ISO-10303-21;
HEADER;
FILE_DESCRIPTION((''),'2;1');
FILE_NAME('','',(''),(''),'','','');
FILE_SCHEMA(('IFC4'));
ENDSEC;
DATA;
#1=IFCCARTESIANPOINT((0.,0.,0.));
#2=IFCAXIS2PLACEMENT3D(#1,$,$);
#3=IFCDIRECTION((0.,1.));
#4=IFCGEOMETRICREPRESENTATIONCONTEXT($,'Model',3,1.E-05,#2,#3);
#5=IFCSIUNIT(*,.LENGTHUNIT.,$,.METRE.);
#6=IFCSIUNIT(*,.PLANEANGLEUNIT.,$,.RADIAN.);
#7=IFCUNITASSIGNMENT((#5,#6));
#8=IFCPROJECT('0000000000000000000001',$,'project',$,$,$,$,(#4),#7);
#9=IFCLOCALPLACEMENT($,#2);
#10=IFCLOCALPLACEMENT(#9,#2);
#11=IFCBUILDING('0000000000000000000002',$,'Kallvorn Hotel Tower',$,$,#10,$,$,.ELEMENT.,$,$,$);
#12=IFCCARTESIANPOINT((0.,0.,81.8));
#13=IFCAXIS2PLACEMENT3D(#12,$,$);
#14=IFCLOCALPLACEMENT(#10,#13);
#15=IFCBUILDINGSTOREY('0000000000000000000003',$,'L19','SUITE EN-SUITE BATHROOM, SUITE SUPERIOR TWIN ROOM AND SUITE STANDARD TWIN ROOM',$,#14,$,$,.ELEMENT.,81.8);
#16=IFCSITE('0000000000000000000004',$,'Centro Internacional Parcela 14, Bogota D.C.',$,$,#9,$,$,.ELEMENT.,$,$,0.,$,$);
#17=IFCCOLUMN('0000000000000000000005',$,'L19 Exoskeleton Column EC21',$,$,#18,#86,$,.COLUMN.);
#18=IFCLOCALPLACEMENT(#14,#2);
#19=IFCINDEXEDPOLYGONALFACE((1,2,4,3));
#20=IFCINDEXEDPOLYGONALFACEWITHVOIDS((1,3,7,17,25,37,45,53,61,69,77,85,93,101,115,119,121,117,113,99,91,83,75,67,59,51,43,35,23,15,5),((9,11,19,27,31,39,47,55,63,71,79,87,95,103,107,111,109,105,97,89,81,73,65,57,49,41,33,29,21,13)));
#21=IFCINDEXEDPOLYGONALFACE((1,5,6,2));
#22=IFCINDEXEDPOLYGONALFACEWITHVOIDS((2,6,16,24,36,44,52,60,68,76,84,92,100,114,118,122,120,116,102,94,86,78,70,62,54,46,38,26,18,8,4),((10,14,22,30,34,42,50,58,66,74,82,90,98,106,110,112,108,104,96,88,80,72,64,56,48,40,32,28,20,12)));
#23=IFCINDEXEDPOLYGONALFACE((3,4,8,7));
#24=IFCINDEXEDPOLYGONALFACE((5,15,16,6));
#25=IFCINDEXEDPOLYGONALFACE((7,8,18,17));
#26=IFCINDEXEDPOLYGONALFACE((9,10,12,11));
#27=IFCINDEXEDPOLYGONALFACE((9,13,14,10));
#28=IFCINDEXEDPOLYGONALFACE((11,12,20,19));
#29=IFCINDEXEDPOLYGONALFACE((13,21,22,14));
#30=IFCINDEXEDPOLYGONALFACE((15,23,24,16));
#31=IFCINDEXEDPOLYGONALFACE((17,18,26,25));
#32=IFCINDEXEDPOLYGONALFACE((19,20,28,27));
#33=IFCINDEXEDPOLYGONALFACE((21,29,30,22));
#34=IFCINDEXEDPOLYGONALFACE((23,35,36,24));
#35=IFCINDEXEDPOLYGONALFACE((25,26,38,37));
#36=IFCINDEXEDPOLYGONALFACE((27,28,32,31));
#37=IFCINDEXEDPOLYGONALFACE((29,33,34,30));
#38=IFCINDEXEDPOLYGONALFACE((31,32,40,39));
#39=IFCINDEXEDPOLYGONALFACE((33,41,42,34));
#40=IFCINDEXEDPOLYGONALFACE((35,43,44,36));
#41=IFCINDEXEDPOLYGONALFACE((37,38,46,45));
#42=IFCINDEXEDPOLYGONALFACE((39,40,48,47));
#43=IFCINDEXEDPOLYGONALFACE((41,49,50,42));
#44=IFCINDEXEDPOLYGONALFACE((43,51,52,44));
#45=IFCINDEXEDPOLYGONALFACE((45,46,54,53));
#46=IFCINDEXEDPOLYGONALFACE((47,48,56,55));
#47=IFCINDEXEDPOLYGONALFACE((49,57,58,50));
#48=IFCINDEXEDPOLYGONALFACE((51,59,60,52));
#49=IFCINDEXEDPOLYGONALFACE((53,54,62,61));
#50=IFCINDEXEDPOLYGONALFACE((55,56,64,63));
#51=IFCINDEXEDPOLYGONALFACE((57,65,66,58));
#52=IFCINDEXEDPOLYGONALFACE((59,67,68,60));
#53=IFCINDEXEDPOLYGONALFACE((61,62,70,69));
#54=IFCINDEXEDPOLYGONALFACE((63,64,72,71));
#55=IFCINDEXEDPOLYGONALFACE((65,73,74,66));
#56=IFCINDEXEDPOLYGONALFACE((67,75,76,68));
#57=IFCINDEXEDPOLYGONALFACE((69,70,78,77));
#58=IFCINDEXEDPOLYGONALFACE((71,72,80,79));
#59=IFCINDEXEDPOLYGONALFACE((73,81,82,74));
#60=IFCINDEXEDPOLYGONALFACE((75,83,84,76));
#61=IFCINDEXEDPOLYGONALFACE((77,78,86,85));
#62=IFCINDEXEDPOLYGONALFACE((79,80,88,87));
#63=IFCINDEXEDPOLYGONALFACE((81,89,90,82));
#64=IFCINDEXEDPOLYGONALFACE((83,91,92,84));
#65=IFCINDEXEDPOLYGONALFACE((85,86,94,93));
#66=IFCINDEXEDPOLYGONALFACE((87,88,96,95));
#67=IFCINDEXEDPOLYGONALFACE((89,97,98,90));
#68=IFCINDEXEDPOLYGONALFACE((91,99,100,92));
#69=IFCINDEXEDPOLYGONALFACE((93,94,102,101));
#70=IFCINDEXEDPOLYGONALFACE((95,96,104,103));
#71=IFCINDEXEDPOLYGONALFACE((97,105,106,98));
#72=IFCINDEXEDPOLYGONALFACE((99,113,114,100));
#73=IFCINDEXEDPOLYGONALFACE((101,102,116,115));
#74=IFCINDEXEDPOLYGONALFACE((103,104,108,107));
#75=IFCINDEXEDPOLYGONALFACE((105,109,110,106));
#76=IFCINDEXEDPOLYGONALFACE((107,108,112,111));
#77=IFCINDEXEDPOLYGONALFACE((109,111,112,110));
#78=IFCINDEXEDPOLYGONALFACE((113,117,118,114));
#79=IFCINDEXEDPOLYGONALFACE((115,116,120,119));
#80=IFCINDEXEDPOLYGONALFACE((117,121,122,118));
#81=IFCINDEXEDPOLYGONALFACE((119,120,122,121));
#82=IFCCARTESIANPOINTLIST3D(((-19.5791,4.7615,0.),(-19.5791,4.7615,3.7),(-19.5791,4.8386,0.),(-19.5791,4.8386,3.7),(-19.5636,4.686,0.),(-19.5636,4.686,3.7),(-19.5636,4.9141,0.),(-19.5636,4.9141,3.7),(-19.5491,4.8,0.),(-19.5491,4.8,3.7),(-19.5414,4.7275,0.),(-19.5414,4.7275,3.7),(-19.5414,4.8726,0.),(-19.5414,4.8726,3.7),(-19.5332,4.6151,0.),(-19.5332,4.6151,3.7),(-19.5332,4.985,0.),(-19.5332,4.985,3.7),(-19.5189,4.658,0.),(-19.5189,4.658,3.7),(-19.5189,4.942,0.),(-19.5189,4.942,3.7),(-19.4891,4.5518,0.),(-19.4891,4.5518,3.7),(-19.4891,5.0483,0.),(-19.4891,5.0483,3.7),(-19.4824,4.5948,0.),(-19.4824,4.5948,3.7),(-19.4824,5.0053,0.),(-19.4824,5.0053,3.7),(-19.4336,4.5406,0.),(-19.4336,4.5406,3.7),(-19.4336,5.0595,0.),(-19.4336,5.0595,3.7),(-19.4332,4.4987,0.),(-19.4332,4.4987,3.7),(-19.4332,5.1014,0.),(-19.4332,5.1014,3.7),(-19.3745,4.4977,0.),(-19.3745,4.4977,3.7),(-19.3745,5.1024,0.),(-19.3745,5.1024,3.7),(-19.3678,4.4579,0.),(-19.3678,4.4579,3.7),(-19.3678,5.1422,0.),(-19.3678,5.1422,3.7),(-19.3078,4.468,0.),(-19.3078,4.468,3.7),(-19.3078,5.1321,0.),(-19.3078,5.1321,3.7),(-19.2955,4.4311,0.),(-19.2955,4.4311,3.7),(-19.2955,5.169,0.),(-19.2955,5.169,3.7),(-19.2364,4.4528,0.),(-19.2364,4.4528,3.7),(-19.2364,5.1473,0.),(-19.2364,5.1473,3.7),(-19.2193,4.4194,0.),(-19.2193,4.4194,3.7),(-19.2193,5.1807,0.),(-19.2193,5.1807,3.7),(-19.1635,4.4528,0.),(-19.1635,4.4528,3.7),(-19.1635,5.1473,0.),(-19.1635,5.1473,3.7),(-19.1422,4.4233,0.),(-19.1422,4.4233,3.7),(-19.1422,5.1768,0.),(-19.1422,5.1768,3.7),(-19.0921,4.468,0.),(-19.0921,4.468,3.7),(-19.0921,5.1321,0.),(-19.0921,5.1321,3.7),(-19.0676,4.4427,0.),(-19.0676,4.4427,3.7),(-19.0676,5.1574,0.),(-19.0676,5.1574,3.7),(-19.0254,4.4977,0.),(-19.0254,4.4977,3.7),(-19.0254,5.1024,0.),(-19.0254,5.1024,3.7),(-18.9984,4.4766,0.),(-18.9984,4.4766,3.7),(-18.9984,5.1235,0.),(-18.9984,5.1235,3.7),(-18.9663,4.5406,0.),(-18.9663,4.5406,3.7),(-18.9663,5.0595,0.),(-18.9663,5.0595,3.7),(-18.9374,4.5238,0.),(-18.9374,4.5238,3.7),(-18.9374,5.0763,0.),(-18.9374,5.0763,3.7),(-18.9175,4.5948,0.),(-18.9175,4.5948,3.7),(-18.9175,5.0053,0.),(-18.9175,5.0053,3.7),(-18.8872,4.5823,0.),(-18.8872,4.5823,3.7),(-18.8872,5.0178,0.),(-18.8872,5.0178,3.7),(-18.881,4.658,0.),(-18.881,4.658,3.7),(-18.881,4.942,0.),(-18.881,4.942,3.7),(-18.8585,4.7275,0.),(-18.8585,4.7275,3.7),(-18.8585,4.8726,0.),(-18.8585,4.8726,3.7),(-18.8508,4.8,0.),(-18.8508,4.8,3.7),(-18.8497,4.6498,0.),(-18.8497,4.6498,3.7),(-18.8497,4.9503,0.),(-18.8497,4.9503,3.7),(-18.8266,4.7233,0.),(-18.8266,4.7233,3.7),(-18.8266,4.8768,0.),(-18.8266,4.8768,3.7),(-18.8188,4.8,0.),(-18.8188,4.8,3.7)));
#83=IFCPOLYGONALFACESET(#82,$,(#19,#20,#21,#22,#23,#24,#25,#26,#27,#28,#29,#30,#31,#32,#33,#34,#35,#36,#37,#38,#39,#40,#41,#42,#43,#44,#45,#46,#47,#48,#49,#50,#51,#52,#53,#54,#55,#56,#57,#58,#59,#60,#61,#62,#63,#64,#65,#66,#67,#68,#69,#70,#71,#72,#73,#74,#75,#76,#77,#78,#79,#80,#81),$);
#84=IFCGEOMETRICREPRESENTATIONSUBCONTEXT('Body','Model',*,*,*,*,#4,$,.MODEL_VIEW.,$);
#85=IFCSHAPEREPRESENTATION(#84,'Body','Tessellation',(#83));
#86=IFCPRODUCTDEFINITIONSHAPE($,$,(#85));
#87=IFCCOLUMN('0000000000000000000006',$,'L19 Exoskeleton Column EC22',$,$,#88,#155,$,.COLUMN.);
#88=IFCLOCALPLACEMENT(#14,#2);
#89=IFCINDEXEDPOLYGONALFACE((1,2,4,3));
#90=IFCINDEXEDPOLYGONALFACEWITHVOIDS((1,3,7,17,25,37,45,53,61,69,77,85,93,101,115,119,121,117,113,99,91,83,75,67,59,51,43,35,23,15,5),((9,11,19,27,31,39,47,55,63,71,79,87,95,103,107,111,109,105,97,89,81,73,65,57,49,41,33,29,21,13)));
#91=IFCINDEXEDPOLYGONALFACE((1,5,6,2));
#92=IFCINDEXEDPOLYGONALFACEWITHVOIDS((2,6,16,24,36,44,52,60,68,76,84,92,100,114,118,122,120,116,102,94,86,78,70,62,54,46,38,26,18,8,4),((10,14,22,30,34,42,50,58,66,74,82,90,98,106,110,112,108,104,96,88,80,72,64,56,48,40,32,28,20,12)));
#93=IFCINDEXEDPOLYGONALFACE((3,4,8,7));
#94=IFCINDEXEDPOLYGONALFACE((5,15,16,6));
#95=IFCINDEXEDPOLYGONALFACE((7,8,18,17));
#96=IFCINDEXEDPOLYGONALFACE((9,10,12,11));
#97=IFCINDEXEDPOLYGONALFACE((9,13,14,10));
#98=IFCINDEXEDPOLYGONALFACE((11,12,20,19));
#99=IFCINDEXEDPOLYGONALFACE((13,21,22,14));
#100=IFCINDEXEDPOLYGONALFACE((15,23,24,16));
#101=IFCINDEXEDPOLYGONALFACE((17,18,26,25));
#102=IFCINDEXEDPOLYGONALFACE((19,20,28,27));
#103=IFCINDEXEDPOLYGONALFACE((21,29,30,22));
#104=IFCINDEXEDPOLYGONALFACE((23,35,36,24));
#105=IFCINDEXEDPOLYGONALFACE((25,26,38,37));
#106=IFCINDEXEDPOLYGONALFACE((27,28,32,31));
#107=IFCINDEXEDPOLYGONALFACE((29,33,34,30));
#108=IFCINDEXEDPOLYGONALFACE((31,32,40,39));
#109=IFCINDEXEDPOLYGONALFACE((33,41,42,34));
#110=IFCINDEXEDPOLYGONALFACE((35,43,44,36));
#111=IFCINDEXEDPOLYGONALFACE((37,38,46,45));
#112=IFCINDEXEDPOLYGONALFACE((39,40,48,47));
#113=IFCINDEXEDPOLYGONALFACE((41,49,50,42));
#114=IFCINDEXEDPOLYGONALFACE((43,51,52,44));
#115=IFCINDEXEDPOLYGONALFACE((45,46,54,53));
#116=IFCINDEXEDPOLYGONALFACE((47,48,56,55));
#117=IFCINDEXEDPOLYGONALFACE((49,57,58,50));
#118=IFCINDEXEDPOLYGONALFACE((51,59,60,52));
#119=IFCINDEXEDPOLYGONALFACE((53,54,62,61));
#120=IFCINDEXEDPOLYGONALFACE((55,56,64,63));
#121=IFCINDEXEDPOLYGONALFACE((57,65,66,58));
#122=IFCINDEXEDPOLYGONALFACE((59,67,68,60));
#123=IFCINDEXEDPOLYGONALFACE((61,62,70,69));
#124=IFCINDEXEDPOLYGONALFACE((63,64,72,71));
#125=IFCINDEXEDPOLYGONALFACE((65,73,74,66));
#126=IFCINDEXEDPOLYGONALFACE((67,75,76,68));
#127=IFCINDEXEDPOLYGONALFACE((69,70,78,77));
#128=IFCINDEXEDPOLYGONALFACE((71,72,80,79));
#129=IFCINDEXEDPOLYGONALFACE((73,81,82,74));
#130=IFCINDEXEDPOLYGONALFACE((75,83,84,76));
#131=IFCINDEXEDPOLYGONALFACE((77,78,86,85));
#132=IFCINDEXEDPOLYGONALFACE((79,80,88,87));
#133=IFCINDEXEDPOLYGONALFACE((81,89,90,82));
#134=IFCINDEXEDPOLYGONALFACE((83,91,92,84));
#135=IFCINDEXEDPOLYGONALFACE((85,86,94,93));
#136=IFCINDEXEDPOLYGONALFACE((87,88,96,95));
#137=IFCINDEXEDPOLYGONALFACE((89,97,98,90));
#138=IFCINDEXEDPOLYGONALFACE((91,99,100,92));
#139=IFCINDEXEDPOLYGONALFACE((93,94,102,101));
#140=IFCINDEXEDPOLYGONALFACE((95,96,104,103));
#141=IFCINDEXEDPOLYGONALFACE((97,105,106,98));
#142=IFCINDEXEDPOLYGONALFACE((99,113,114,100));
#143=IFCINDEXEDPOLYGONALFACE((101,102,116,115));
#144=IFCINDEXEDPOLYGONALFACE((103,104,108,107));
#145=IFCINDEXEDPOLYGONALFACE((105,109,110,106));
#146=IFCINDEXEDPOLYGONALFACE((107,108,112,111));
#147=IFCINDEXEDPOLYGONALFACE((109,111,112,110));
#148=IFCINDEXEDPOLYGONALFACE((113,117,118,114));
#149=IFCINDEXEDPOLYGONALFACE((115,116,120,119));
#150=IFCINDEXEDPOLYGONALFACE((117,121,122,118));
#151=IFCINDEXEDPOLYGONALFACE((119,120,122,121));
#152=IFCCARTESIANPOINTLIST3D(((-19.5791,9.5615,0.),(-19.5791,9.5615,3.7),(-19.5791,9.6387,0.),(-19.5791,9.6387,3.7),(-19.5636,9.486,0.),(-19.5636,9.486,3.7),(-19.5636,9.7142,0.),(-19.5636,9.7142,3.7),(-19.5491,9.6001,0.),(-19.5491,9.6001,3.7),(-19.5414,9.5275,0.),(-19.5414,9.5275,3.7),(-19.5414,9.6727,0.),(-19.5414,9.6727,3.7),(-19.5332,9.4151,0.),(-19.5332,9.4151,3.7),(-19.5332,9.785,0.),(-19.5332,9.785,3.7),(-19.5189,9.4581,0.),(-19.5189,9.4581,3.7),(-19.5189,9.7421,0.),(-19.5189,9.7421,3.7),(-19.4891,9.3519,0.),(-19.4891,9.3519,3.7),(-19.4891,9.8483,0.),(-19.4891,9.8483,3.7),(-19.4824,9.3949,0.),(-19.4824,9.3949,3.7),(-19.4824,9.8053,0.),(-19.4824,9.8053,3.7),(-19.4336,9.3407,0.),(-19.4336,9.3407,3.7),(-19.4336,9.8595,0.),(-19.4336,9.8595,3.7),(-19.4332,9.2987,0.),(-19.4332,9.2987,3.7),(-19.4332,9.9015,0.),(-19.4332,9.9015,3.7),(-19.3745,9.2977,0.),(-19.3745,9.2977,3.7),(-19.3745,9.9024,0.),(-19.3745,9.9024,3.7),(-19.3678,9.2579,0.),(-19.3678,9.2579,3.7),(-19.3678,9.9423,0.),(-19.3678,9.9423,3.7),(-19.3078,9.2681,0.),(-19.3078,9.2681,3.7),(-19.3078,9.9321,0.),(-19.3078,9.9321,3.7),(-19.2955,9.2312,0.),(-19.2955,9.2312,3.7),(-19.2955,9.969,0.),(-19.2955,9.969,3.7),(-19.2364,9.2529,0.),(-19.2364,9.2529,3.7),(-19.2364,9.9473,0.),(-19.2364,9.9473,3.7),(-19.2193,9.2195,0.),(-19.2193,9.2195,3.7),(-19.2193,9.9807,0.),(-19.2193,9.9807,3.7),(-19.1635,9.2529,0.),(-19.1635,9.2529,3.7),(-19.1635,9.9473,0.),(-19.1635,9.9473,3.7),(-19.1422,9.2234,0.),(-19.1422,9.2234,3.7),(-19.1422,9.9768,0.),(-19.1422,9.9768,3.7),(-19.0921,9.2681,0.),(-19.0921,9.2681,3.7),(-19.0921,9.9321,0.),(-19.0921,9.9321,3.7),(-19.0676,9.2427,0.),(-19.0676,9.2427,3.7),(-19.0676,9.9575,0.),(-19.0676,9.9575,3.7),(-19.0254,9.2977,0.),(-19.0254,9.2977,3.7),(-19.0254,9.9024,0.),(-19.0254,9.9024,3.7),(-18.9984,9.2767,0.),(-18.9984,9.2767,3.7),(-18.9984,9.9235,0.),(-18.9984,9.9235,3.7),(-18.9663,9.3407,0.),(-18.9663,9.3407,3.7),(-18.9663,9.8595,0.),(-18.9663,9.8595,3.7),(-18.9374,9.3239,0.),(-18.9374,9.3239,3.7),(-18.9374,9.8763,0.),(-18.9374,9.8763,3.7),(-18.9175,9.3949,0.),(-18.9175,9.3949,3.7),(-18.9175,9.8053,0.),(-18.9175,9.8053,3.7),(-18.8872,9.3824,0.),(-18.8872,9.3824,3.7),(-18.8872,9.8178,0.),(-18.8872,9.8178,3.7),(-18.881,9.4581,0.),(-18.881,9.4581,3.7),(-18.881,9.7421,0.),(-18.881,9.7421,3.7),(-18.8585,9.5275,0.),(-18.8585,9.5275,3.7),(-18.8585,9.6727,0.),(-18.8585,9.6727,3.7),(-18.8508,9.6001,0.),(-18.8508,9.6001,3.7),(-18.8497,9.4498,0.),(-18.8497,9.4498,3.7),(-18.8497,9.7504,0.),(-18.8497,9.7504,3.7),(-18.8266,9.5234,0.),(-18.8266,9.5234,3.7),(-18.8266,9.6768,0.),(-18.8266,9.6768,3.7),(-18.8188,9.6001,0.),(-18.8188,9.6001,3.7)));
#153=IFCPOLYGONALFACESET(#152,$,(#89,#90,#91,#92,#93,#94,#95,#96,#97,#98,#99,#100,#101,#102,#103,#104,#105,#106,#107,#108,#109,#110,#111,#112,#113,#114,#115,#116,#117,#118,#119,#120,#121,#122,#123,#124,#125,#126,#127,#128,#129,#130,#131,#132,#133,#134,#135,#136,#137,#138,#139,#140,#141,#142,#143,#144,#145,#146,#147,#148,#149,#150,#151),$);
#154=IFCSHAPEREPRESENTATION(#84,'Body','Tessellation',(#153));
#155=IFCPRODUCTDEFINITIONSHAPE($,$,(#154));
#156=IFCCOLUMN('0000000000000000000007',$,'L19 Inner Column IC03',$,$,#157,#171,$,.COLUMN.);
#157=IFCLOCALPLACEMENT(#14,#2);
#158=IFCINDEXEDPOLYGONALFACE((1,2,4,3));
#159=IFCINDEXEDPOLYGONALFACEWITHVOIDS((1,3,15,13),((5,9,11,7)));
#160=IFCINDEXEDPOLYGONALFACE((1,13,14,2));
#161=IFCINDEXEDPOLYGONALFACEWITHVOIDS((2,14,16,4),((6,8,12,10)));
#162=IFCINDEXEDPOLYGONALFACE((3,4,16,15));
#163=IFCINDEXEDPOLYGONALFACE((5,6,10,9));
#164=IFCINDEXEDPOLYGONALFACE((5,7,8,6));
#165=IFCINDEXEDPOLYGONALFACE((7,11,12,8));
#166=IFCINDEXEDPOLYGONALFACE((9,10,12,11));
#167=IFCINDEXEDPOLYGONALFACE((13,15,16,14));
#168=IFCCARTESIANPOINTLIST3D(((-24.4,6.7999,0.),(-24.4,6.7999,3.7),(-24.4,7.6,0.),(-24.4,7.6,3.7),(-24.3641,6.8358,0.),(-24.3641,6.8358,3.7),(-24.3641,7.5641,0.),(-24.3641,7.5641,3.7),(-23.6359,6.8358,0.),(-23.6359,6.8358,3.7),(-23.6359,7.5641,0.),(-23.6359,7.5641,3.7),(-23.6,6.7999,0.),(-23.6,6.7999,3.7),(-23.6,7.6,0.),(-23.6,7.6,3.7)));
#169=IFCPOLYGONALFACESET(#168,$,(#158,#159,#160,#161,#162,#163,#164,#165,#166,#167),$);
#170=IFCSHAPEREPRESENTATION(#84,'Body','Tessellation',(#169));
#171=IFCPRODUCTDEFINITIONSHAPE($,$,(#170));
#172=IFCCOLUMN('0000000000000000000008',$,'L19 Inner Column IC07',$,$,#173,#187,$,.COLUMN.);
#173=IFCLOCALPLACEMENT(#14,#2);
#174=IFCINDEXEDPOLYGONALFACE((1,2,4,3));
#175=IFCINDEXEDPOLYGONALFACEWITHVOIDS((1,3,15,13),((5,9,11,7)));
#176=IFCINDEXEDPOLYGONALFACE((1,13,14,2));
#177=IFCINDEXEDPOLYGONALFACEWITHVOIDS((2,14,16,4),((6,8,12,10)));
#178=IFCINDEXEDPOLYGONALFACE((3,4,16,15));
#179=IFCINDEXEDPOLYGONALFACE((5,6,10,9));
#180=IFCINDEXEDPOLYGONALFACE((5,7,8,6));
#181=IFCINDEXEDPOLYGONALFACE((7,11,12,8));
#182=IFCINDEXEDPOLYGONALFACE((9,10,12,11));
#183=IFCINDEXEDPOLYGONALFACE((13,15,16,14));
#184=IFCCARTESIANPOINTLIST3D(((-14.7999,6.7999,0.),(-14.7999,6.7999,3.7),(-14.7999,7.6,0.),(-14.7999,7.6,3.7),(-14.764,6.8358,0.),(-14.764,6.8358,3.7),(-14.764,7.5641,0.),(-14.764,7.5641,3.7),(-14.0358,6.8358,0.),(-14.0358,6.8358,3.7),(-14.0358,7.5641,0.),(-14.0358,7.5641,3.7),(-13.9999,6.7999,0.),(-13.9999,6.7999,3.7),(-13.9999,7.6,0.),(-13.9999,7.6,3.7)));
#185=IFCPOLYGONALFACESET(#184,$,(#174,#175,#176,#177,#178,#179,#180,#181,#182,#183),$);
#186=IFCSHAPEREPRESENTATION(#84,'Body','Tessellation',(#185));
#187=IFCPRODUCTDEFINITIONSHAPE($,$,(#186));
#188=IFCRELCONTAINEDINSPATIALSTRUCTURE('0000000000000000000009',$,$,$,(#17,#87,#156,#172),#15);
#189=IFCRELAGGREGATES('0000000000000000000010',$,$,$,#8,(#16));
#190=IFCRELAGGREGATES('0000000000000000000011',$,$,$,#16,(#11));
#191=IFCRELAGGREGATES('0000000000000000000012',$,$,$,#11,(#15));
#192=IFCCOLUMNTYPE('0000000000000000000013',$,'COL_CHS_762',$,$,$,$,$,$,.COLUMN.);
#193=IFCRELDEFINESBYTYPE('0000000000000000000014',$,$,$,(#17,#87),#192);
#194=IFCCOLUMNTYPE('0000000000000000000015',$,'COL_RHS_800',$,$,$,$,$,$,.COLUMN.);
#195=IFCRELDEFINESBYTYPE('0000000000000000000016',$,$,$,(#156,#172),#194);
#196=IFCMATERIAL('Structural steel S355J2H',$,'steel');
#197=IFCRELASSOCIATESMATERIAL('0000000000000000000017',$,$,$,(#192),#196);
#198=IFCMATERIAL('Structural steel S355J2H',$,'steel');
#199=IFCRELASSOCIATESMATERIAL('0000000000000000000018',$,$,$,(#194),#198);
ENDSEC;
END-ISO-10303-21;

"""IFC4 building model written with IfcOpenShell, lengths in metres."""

from ifc_helpers import new_model, si_unit, direction, frame, origin, origin_2d, place, context, subcontext, project, spatial, hollow_rectangle, hollow_circle, extrude, material, material_profile, profile_set, type_object, element, save


model = new_model("IFC4")

# Units and contexts
model_context = context("Model", 3, precision=1e-05, world=origin(), true_north=direction((0.0, 1.0)))
body_context = subcontext(model_context, "Body", "Model", "MODEL_VIEW")
ifc_project = project(units=[si_unit("LENGTHUNIT", "METRE"), si_unit("PLANEANGLEUNIT", "RADIAN")], contexts=[model_context])

# Site, building, storey
site_placement = place(None, origin())
site = spatial("IfcSite", under=ifc_project, at=site_placement, Name="Centro Internacional Parcela 14, Bogota D.C.", CompositionType="ELEMENT", RefElevation=0.0)
building_placement = place(site_placement, origin())
building = spatial("IfcBuilding", under=site, at=building_placement, Name="Kallvorn Hotel Tower", CompositionType="ELEMENT")
storey_placement = place(building_placement, frame((0.0, 0.0, 81.8)))
storey = spatial("IfcBuildingStorey", under=building, at=storey_placement, Name="L19", Description="SUITE EN-SUITE BATHROOM, SUITE SUPERIOR TWIN ROOM AND SUITE STANDARD TWIN ROOM", CompositionType="ELEMENT", Elevation=81.8)

# Columns
ifc_material_1 = material(Name="Structural steel S355J2H", Category="steel")
ifc_material_profile_1 = material_profile(ifc_material_1, hollow_circle(Radius=0.3811, WallThickness=0.032, at=origin_2d()), Name="CHS 762x32")
ifc_profile_set_1 = profile_set([ifc_material_profile_1], Name="Structural steel S355J2H")
column_type_1 = type_object("IfcColumnType", Name="COL_CHS_762", PredefinedType="COLUMN", material=ifc_profile_set_1)
for number, where, z_axis, x_axis, name in (
    (1, (-19.2, 4.8, 0.0), (0.0, 0.0, 1.0), (1.0, 0.0, 0.0), "L19 Exoskeleton Column EC21"),
    (2, (-19.2, 9.6001, 0.0), (0.0, 0.0, 1.0), (1.0, 0.0, 0.0), "L19 Exoskeleton Column EC22"),
):
    element("IfcColumn", number, at=place(storey_placement, frame(where, z_axis=z_axis, x_axis=x_axis)), inside=storey, type_object=column_type_1, Name=name, PredefinedType="COLUMN", context=body_context, shape_type="SweptSolid", body=[
        extrude(hollow_circle(Radius=0.3811, WallThickness=0.032, at=origin_2d()), origin(), (0.0, 0.0, 1.0), 3.7),
    ])
ifc_material_2 = material(Name="Structural steel S355J2H", Category="steel")
ifc_material_profile_2 = material_profile(ifc_material_2, hollow_rectangle(XDim=0.8, YDim=0.8, WallThickness=0.0359, at=origin_2d()), Name="RHS 800x800x36")
ifc_profile_set_2 = profile_set([ifc_material_profile_2], Name="Structural steel S355J2H")
column_type_2 = type_object("IfcColumnType", Name="COL_RHS_800", PredefinedType="COLUMN", material=ifc_profile_set_2)
for number, where, z_axis, x_axis, name in (
    (3, (-24.0, 7.2, 0.0), (0.0, 0.0, 1.0), (1.0, 0.0, 0.0), "L19 Inner Column IC03"),
    (4, (-14.3999, 7.2, 0.0), (0.0, 0.0, 1.0), (1.0, 0.0, 0.0), "L19 Inner Column IC07"),
):
    element("IfcColumn", number, at=place(storey_placement, frame(where, z_axis=z_axis, x_axis=x_axis)), inside=storey, type_object=column_type_2, Name=name, PredefinedType="COLUMN", context=body_context, shape_type="SweptSolid", body=[
        extrude(hollow_rectangle(XDim=0.8, YDim=0.8, WallThickness=0.0359, at=origin_2d()), origin(), (0.0, 0.0, 1.0), 3.7),
    ])

save(model, "model.ifc")
